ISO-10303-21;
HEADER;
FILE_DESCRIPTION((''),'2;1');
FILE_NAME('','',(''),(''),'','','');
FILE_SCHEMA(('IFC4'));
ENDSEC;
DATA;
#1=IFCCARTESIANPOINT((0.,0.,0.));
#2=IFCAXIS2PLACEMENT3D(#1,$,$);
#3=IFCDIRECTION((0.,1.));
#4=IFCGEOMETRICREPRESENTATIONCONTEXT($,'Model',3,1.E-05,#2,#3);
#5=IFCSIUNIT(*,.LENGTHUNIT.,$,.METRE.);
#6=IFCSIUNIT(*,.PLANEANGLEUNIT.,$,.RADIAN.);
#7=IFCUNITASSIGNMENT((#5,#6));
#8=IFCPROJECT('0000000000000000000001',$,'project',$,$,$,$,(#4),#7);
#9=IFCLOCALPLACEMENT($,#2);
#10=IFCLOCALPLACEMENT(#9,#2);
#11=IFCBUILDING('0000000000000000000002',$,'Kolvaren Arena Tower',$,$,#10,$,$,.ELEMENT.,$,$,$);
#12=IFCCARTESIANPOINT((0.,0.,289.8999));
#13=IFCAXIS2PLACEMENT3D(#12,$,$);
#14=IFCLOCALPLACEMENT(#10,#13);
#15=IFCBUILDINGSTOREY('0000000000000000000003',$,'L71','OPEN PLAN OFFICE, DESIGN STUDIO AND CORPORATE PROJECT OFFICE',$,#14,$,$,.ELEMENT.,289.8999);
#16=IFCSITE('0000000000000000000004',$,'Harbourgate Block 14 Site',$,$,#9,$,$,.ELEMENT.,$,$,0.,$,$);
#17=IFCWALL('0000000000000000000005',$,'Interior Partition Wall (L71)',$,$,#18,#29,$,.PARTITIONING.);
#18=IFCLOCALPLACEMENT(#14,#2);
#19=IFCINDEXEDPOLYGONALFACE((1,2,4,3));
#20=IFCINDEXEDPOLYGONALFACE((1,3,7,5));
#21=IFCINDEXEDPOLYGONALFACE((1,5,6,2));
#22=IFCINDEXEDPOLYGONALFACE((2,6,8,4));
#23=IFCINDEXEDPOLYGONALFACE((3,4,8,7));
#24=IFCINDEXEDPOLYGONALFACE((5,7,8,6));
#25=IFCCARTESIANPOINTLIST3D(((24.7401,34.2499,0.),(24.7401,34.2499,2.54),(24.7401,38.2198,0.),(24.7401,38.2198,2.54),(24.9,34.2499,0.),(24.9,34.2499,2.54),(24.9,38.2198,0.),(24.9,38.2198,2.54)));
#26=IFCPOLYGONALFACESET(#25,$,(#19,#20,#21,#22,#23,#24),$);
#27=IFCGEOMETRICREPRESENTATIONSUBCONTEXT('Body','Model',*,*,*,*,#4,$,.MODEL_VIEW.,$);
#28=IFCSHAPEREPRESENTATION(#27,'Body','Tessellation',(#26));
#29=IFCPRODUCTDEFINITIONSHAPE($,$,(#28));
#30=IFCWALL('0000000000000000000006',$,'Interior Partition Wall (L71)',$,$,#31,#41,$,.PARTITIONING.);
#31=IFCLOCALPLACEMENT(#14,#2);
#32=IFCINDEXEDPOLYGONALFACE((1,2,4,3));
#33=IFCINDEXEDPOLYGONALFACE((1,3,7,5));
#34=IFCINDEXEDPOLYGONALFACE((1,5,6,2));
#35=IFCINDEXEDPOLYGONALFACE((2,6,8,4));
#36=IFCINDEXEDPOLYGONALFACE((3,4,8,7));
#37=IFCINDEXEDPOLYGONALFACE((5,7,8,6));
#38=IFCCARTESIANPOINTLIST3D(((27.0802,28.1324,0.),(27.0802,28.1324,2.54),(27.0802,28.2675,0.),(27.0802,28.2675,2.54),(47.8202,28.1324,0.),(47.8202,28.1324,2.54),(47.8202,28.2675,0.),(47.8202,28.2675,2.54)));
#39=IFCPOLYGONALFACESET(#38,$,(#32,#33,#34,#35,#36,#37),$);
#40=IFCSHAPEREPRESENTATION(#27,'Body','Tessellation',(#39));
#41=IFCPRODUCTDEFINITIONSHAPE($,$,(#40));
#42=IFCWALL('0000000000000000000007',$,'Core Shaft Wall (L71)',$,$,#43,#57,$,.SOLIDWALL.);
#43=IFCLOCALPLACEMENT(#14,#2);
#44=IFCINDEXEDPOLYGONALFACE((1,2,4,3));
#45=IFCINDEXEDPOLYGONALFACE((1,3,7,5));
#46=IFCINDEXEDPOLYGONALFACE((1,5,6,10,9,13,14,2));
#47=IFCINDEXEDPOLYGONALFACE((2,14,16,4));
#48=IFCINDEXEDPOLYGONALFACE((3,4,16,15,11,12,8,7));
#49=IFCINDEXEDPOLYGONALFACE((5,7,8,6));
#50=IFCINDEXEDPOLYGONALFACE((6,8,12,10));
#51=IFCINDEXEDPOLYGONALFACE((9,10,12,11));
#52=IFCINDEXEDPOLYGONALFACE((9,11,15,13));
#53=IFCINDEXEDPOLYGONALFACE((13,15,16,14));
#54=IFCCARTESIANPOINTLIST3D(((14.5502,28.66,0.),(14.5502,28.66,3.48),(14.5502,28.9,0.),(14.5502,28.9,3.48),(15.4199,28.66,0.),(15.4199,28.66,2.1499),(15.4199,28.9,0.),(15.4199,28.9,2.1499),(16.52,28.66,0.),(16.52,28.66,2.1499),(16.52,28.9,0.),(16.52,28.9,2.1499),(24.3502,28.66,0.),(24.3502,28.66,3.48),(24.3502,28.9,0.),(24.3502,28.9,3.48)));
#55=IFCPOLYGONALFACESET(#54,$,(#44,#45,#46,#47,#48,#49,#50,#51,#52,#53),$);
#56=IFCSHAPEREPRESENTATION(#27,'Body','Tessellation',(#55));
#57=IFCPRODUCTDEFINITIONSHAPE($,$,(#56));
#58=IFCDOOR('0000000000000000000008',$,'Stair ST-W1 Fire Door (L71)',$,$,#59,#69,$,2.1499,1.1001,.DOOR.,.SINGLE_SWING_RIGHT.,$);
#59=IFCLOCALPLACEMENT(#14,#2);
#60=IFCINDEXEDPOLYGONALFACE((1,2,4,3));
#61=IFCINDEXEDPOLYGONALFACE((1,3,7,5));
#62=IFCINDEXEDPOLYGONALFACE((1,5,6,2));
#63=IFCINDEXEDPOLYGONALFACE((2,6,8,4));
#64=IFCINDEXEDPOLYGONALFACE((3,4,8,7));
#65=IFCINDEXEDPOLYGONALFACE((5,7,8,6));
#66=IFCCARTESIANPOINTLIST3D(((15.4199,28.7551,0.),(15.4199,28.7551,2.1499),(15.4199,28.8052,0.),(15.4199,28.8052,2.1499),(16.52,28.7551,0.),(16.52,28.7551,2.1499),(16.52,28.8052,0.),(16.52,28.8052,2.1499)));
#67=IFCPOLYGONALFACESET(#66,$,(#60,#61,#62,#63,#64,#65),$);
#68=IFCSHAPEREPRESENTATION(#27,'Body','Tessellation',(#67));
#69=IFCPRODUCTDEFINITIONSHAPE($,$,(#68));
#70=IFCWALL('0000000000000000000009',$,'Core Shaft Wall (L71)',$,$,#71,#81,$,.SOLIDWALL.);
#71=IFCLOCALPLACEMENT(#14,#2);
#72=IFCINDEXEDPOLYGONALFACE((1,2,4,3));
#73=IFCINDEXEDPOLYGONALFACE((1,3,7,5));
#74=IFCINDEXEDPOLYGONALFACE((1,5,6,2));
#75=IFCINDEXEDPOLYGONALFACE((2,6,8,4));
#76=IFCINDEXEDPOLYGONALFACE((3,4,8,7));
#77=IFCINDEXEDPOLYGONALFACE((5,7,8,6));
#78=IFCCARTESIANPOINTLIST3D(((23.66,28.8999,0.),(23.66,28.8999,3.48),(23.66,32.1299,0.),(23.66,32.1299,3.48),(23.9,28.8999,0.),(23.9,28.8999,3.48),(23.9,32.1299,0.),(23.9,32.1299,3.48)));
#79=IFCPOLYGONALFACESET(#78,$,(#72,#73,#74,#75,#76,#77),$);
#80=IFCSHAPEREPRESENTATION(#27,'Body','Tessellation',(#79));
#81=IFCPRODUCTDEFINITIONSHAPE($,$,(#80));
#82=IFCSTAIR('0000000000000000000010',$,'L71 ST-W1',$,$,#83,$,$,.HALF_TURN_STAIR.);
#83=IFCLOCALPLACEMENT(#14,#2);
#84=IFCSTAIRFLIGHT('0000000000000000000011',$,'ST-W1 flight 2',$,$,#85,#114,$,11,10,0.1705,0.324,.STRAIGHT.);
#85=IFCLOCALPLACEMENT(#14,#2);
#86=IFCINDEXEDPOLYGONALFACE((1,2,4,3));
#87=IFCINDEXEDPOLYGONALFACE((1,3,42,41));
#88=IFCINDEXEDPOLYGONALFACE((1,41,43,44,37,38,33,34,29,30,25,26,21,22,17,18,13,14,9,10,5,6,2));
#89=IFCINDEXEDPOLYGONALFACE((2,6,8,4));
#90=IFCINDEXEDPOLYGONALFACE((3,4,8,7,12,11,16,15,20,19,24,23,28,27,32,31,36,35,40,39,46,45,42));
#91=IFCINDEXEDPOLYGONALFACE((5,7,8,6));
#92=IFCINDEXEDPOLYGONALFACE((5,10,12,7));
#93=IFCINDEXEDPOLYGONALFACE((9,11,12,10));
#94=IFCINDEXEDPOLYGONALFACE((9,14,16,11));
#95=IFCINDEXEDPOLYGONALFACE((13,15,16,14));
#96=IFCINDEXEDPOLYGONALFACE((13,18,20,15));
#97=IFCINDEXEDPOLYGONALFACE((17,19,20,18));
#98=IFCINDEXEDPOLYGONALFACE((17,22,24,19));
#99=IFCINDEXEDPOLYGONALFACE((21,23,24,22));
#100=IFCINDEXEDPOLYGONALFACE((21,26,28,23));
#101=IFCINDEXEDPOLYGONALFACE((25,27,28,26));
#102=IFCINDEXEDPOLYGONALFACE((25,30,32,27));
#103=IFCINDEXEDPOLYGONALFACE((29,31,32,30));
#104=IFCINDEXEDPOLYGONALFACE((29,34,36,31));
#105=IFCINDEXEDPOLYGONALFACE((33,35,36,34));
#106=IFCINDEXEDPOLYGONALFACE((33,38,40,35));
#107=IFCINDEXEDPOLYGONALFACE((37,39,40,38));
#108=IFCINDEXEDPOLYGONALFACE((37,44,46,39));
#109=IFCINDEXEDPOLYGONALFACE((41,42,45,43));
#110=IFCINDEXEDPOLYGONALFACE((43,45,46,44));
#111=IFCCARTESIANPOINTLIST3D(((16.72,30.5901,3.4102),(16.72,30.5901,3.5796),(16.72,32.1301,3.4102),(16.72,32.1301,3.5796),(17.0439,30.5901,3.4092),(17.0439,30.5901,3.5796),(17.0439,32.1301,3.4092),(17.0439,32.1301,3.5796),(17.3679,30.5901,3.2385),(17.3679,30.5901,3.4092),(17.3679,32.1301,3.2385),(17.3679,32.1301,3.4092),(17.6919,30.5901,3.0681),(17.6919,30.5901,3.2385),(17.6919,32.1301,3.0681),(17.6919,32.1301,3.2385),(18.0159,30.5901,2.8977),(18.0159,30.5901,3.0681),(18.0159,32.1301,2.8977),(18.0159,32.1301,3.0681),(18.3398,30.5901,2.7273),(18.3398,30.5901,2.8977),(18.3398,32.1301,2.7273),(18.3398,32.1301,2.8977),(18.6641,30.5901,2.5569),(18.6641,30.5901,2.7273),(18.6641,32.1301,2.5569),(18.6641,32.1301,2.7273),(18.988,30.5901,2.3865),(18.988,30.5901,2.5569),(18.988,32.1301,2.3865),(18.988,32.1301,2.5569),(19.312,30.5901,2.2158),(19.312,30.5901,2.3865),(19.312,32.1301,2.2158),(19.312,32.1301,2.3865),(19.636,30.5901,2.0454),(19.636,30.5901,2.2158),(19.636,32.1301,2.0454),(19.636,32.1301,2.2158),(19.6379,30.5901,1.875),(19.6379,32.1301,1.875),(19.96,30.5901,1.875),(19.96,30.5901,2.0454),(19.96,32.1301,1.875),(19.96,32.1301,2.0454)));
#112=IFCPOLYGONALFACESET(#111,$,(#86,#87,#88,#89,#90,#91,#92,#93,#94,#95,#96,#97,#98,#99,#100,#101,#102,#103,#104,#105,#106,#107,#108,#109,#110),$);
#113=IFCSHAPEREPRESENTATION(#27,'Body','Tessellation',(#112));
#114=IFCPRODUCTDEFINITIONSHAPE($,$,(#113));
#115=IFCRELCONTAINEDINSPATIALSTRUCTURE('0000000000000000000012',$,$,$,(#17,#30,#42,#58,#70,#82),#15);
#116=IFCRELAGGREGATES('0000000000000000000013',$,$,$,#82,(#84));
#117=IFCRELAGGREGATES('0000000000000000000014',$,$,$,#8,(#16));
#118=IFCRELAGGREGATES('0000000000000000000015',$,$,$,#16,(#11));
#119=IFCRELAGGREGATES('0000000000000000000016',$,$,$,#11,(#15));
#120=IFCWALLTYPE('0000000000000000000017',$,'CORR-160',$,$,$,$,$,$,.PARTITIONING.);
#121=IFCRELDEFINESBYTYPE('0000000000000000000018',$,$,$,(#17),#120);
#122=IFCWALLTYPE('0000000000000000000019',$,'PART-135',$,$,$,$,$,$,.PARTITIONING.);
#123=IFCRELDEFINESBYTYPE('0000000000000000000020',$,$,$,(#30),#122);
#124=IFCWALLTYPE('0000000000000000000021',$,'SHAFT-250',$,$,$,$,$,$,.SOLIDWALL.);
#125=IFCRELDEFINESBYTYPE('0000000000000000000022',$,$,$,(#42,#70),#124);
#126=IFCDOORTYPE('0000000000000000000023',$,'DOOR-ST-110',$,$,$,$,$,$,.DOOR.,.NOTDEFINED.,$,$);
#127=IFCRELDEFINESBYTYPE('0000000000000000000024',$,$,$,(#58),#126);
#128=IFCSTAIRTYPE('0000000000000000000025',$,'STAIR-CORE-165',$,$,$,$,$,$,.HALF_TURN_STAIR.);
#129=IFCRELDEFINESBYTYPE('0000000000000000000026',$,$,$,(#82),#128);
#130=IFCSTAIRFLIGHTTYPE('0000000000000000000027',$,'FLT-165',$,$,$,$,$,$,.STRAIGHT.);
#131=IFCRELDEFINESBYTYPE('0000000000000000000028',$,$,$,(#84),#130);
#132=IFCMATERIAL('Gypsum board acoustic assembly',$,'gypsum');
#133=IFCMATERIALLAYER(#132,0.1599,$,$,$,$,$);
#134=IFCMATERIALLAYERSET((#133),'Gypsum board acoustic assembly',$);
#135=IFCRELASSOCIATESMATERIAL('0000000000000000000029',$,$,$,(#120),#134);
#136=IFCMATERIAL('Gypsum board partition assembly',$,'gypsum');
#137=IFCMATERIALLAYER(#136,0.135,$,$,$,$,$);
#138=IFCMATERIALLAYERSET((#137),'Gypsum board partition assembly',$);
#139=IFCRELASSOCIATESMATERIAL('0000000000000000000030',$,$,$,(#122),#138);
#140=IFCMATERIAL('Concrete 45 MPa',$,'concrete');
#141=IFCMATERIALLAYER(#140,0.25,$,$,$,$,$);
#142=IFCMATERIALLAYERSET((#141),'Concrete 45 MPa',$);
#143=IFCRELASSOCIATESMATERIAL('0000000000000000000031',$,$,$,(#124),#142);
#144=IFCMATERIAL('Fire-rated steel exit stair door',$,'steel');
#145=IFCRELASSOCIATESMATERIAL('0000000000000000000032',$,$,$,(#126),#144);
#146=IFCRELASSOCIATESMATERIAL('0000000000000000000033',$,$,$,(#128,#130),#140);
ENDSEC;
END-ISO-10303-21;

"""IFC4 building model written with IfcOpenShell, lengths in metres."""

from ifc_helpers import new_model, si_unit, direction, frame, frame_2d, origin, place, context, subcontext, project, spatial, polyline, rectangle, outline, extrude, material, layer, layer_set, type_object, element, fill, aggregate, save


model = new_model("IFC4")

# Units and contexts
model_context = context("Model", 3, precision=1e-05, world=origin(), true_north=direction((0.0, 1.0)))
body_context = subcontext(model_context, "Body", "Model", "MODEL_VIEW")
ifc_project = project(units=[si_unit("LENGTHUNIT", "METRE"), si_unit("PLANEANGLEUNIT", "RADIAN")], contexts=[model_context])

# Site, building, storey
site_placement = place(None, origin())
site = spatial("IfcSite", under=ifc_project, at=site_placement, Name="Harbourgate Block 14 Site", CompositionType="ELEMENT", RefElevation=0.0)
building_placement = place(site_placement, origin())
building = spatial("IfcBuilding", under=site, at=building_placement, Name="Kolvaren Arena Tower", CompositionType="ELEMENT")
storey_placement = place(building_placement, frame((0.0, 0.0, 289.8999)))
storey = spatial("IfcBuildingStorey", under=building, at=storey_placement, Name="L71", Description="OPEN PLAN OFFICE, DESIGN STUDIO AND CORPORATE PROJECT OFFICE", CompositionType="ELEMENT", Elevation=289.8999)

# Walls
ifc_material_1 = material(Name="Gypsum board acoustic assembly", Category="gypsum")
ifc_layer_1 = layer(ifc_material_1, 0.1599)
ifc_layer_set_1 = layer_set([ifc_layer_1], Name="Gypsum board acoustic assembly")
wall_type_1 = type_object("IfcWallType", Name="CORR-160", PredefinedType="PARTITIONING", material=ifc_layer_set_1)
wall_1_placement = place(storey_placement, frame((24.8201, 34.25, 0.0), z_axis=(0.0, 0.0, 1.0), x_axis=(0.0, 1.0, 0.0)))
element("IfcWall", 1, at=wall_1_placement, inside=storey, type_object=wall_type_1, Name="Interior Partition Wall (L71)", PredefinedType="PARTITIONING", context=body_context, shape_type="SweptSolid", body=[
    extrude(rectangle(XDim=3.97, YDim=0.1599, at=frame_2d((1.9849, 0.0))), origin(), (0.0, 0.0, 1.0), 2.54),
])
ifc_material_2 = material(Name="Gypsum board partition assembly", Category="gypsum")
ifc_layer_2 = layer(ifc_material_2, 0.135)
ifc_layer_set_2 = layer_set([ifc_layer_2], Name="Gypsum board partition assembly")
wall_type_2 = type_object("IfcWallType", Name="PART-135", PredefinedType="PARTITIONING", material=ifc_layer_set_2)
wall_2_placement = place(storey_placement, frame((27.0801, 28.2, 0.0), z_axis=(0.0, 0.0, 1.0), x_axis=(1.0, 0.0, 0.0)))
element("IfcWall", 2, at=wall_2_placement, inside=storey, type_object=wall_type_2, Name="Interior Partition Wall (L71)", PredefinedType="PARTITIONING", context=body_context, shape_type="SweptSolid", body=[
    extrude(rectangle(XDim=20.74, YDim=0.135, at=frame_2d((10.3701, 0.0))), origin(), (0.0, 0.0, 1.0), 2.54),
])

# Wall, opening, door
ifc_material_3 = material(Name="Concrete 45 MPa", Category="concrete")
ifc_layer_3 = layer(ifc_material_3, 0.25)
ifc_layer_set_3 = layer_set([ifc_layer_3], Name="Concrete 45 MPa")
wall_type_3 = type_object("IfcWallType", Name="SHAFT-250", PredefinedType="SOLIDWALL", material=ifc_layer_set_3)
wall_3_placement = place(storey_placement, frame((24.3501, 28.78, 0.0), z_axis=(0.0, 0.0, 1.0), x_axis=(-1.0, 0.0, 0.0)))
wall_3 = element("IfcWall", 3, at=wall_3_placement, inside=storey, type_object=wall_type_3, Name="Core Shaft Wall (L71)", PredefinedType="SOLIDWALL", context=body_context, shape_type="SweptSolid", body=[
    extrude(rectangle(XDim=9.8, YDim=0.24, at=frame_2d((4.8999, 0.0))), origin(), (0.0, 0.0, 1.0), 3.48),
])
opening_placement = place(wall_3_placement, frame((7.8301, 0.0, 0.0)))
opening = element("IfcOpeningElement", 4, at=opening_placement, cuts=wall_3, PredefinedType="OPENING", context=body_context, shape_type="SweptSolid", body=[
    extrude(rectangle(XDim=1.1001, YDim=2.1499, at=frame_2d((0.55, 1.075))), frame((0.0, 0.1299, 0.0), z_axis=(0.0, -1.0, 0.0), x_axis=(1.0, 0.0, 0.0)), (0.0, 0.0, 1.0), 0.26),
])
ifc_material_4 = material(Name="Fire-rated steel exit stair door", Category="steel")
door_type = type_object("IfcDoorType", Name="DOOR-ST-110", OperationType="NOTDEFINED", PredefinedType="DOOR", material=ifc_material_4)
door_placement = place(opening_placement, origin())
door = element("IfcDoor", 5, at=door_placement, inside=storey, type_object=door_type, Name="Stair ST-W1 Fire Door (L71)", OperationType="SINGLE_SWING_RIGHT", OverallHeight=2.1499, OverallWidth=1.1001, PredefinedType="DOOR", context=body_context, shape_type="SweptSolid", body=[
    extrude(rectangle(XDim=1.1001, YDim=2.1499, at=frame_2d((0.55, 1.075))), frame((0.0, 0.0249, 0.0), z_axis=(0.0, -1.0, 0.0), x_axis=(1.0, 0.0, 0.0)), (0.0, 0.0, 1.0), 0.05),
])
fill(opening, door)

# Wall
wall_4_placement = place(storey_placement, frame((23.78, 28.8999, 0.0), z_axis=(0.0, 0.0, 1.0), x_axis=(0.0, 1.0, 0.0)))
element("IfcWall", 6, at=wall_4_placement, inside=storey, type_object=wall_type_3, Name="Core Shaft Wall (L71)", PredefinedType="SOLIDWALL", context=body_context, shape_type="SweptSolid", body=[
    extrude(rectangle(XDim=3.23, YDim=0.24, at=frame_2d((1.615, 0.0))), origin(), (0.0, 0.0, 1.0), 3.48),
])

# Stair, stair flight
stair_type = type_object("IfcStairType", Name="STAIR-CORE-165", PredefinedType="HALF_TURN_STAIR", material=ifc_material_3)
stair_placement = place(storey_placement, origin())
stair = element("IfcStair", 7, at=stair_placement, inside=storey, type_object=stair_type, Name="L71 ST-W1", PredefinedType="HALF_TURN_STAIR")
stair_flight_type = type_object("IfcStairFlightType", Name="FLT-165", PredefinedType="STRAIGHT", material=ifc_material_3)
stair_flight_placement = place(storey_placement, frame((19.96, 31.3601, 1.875), z_axis=(0.0, 0.0, 1.0), x_axis=(-1.0, 0.0, 0.0)))
stair_flight = element("IfcStairFlight", 8, at=stair_flight_placement, type_object=stair_flight_type, Name="ST-W1 flight 2", NumberOfRisers=11, NumberOfTreads=10, PredefinedType="STRAIGHT", RiserHeight=0.1705, TreadLength=0.324, context=body_context, shape_type="SweptSolid", body=[
    extrude(outline(polyline([(0.0, 0.0), (0.0, 0.1704), (0.324, 0.1704), (0.324, 0.3408), (0.6479, 0.3408), (0.6479, 0.5115), (0.9719, 0.5115), (0.9719, 0.6819), (1.2959, 0.6819), (1.2959, 0.8523), (1.6201, 0.8523), (1.6201, 1.0227), (1.9441, 1.0227), (1.9441, 1.1931), (2.2681, 1.1931), (2.2681, 1.3635), (2.592, 1.3635), (2.592, 1.5342), (2.916, 1.5342), (2.916, 1.7046), (3.24, 1.7046), (3.24, 1.875), (3.24, 1.5352), (0.322, 0.0), (0.0, 0.0)])), frame((0.0, 0.77, 0.0), z_axis=(0.0, -1.0, 0.0), x_axis=(1.0, 0.0, 0.0)), (0.0, 0.0, 1.0), 1.54),
])
aggregate(stair, [stair_flight])

save(model, "model.ifc")
